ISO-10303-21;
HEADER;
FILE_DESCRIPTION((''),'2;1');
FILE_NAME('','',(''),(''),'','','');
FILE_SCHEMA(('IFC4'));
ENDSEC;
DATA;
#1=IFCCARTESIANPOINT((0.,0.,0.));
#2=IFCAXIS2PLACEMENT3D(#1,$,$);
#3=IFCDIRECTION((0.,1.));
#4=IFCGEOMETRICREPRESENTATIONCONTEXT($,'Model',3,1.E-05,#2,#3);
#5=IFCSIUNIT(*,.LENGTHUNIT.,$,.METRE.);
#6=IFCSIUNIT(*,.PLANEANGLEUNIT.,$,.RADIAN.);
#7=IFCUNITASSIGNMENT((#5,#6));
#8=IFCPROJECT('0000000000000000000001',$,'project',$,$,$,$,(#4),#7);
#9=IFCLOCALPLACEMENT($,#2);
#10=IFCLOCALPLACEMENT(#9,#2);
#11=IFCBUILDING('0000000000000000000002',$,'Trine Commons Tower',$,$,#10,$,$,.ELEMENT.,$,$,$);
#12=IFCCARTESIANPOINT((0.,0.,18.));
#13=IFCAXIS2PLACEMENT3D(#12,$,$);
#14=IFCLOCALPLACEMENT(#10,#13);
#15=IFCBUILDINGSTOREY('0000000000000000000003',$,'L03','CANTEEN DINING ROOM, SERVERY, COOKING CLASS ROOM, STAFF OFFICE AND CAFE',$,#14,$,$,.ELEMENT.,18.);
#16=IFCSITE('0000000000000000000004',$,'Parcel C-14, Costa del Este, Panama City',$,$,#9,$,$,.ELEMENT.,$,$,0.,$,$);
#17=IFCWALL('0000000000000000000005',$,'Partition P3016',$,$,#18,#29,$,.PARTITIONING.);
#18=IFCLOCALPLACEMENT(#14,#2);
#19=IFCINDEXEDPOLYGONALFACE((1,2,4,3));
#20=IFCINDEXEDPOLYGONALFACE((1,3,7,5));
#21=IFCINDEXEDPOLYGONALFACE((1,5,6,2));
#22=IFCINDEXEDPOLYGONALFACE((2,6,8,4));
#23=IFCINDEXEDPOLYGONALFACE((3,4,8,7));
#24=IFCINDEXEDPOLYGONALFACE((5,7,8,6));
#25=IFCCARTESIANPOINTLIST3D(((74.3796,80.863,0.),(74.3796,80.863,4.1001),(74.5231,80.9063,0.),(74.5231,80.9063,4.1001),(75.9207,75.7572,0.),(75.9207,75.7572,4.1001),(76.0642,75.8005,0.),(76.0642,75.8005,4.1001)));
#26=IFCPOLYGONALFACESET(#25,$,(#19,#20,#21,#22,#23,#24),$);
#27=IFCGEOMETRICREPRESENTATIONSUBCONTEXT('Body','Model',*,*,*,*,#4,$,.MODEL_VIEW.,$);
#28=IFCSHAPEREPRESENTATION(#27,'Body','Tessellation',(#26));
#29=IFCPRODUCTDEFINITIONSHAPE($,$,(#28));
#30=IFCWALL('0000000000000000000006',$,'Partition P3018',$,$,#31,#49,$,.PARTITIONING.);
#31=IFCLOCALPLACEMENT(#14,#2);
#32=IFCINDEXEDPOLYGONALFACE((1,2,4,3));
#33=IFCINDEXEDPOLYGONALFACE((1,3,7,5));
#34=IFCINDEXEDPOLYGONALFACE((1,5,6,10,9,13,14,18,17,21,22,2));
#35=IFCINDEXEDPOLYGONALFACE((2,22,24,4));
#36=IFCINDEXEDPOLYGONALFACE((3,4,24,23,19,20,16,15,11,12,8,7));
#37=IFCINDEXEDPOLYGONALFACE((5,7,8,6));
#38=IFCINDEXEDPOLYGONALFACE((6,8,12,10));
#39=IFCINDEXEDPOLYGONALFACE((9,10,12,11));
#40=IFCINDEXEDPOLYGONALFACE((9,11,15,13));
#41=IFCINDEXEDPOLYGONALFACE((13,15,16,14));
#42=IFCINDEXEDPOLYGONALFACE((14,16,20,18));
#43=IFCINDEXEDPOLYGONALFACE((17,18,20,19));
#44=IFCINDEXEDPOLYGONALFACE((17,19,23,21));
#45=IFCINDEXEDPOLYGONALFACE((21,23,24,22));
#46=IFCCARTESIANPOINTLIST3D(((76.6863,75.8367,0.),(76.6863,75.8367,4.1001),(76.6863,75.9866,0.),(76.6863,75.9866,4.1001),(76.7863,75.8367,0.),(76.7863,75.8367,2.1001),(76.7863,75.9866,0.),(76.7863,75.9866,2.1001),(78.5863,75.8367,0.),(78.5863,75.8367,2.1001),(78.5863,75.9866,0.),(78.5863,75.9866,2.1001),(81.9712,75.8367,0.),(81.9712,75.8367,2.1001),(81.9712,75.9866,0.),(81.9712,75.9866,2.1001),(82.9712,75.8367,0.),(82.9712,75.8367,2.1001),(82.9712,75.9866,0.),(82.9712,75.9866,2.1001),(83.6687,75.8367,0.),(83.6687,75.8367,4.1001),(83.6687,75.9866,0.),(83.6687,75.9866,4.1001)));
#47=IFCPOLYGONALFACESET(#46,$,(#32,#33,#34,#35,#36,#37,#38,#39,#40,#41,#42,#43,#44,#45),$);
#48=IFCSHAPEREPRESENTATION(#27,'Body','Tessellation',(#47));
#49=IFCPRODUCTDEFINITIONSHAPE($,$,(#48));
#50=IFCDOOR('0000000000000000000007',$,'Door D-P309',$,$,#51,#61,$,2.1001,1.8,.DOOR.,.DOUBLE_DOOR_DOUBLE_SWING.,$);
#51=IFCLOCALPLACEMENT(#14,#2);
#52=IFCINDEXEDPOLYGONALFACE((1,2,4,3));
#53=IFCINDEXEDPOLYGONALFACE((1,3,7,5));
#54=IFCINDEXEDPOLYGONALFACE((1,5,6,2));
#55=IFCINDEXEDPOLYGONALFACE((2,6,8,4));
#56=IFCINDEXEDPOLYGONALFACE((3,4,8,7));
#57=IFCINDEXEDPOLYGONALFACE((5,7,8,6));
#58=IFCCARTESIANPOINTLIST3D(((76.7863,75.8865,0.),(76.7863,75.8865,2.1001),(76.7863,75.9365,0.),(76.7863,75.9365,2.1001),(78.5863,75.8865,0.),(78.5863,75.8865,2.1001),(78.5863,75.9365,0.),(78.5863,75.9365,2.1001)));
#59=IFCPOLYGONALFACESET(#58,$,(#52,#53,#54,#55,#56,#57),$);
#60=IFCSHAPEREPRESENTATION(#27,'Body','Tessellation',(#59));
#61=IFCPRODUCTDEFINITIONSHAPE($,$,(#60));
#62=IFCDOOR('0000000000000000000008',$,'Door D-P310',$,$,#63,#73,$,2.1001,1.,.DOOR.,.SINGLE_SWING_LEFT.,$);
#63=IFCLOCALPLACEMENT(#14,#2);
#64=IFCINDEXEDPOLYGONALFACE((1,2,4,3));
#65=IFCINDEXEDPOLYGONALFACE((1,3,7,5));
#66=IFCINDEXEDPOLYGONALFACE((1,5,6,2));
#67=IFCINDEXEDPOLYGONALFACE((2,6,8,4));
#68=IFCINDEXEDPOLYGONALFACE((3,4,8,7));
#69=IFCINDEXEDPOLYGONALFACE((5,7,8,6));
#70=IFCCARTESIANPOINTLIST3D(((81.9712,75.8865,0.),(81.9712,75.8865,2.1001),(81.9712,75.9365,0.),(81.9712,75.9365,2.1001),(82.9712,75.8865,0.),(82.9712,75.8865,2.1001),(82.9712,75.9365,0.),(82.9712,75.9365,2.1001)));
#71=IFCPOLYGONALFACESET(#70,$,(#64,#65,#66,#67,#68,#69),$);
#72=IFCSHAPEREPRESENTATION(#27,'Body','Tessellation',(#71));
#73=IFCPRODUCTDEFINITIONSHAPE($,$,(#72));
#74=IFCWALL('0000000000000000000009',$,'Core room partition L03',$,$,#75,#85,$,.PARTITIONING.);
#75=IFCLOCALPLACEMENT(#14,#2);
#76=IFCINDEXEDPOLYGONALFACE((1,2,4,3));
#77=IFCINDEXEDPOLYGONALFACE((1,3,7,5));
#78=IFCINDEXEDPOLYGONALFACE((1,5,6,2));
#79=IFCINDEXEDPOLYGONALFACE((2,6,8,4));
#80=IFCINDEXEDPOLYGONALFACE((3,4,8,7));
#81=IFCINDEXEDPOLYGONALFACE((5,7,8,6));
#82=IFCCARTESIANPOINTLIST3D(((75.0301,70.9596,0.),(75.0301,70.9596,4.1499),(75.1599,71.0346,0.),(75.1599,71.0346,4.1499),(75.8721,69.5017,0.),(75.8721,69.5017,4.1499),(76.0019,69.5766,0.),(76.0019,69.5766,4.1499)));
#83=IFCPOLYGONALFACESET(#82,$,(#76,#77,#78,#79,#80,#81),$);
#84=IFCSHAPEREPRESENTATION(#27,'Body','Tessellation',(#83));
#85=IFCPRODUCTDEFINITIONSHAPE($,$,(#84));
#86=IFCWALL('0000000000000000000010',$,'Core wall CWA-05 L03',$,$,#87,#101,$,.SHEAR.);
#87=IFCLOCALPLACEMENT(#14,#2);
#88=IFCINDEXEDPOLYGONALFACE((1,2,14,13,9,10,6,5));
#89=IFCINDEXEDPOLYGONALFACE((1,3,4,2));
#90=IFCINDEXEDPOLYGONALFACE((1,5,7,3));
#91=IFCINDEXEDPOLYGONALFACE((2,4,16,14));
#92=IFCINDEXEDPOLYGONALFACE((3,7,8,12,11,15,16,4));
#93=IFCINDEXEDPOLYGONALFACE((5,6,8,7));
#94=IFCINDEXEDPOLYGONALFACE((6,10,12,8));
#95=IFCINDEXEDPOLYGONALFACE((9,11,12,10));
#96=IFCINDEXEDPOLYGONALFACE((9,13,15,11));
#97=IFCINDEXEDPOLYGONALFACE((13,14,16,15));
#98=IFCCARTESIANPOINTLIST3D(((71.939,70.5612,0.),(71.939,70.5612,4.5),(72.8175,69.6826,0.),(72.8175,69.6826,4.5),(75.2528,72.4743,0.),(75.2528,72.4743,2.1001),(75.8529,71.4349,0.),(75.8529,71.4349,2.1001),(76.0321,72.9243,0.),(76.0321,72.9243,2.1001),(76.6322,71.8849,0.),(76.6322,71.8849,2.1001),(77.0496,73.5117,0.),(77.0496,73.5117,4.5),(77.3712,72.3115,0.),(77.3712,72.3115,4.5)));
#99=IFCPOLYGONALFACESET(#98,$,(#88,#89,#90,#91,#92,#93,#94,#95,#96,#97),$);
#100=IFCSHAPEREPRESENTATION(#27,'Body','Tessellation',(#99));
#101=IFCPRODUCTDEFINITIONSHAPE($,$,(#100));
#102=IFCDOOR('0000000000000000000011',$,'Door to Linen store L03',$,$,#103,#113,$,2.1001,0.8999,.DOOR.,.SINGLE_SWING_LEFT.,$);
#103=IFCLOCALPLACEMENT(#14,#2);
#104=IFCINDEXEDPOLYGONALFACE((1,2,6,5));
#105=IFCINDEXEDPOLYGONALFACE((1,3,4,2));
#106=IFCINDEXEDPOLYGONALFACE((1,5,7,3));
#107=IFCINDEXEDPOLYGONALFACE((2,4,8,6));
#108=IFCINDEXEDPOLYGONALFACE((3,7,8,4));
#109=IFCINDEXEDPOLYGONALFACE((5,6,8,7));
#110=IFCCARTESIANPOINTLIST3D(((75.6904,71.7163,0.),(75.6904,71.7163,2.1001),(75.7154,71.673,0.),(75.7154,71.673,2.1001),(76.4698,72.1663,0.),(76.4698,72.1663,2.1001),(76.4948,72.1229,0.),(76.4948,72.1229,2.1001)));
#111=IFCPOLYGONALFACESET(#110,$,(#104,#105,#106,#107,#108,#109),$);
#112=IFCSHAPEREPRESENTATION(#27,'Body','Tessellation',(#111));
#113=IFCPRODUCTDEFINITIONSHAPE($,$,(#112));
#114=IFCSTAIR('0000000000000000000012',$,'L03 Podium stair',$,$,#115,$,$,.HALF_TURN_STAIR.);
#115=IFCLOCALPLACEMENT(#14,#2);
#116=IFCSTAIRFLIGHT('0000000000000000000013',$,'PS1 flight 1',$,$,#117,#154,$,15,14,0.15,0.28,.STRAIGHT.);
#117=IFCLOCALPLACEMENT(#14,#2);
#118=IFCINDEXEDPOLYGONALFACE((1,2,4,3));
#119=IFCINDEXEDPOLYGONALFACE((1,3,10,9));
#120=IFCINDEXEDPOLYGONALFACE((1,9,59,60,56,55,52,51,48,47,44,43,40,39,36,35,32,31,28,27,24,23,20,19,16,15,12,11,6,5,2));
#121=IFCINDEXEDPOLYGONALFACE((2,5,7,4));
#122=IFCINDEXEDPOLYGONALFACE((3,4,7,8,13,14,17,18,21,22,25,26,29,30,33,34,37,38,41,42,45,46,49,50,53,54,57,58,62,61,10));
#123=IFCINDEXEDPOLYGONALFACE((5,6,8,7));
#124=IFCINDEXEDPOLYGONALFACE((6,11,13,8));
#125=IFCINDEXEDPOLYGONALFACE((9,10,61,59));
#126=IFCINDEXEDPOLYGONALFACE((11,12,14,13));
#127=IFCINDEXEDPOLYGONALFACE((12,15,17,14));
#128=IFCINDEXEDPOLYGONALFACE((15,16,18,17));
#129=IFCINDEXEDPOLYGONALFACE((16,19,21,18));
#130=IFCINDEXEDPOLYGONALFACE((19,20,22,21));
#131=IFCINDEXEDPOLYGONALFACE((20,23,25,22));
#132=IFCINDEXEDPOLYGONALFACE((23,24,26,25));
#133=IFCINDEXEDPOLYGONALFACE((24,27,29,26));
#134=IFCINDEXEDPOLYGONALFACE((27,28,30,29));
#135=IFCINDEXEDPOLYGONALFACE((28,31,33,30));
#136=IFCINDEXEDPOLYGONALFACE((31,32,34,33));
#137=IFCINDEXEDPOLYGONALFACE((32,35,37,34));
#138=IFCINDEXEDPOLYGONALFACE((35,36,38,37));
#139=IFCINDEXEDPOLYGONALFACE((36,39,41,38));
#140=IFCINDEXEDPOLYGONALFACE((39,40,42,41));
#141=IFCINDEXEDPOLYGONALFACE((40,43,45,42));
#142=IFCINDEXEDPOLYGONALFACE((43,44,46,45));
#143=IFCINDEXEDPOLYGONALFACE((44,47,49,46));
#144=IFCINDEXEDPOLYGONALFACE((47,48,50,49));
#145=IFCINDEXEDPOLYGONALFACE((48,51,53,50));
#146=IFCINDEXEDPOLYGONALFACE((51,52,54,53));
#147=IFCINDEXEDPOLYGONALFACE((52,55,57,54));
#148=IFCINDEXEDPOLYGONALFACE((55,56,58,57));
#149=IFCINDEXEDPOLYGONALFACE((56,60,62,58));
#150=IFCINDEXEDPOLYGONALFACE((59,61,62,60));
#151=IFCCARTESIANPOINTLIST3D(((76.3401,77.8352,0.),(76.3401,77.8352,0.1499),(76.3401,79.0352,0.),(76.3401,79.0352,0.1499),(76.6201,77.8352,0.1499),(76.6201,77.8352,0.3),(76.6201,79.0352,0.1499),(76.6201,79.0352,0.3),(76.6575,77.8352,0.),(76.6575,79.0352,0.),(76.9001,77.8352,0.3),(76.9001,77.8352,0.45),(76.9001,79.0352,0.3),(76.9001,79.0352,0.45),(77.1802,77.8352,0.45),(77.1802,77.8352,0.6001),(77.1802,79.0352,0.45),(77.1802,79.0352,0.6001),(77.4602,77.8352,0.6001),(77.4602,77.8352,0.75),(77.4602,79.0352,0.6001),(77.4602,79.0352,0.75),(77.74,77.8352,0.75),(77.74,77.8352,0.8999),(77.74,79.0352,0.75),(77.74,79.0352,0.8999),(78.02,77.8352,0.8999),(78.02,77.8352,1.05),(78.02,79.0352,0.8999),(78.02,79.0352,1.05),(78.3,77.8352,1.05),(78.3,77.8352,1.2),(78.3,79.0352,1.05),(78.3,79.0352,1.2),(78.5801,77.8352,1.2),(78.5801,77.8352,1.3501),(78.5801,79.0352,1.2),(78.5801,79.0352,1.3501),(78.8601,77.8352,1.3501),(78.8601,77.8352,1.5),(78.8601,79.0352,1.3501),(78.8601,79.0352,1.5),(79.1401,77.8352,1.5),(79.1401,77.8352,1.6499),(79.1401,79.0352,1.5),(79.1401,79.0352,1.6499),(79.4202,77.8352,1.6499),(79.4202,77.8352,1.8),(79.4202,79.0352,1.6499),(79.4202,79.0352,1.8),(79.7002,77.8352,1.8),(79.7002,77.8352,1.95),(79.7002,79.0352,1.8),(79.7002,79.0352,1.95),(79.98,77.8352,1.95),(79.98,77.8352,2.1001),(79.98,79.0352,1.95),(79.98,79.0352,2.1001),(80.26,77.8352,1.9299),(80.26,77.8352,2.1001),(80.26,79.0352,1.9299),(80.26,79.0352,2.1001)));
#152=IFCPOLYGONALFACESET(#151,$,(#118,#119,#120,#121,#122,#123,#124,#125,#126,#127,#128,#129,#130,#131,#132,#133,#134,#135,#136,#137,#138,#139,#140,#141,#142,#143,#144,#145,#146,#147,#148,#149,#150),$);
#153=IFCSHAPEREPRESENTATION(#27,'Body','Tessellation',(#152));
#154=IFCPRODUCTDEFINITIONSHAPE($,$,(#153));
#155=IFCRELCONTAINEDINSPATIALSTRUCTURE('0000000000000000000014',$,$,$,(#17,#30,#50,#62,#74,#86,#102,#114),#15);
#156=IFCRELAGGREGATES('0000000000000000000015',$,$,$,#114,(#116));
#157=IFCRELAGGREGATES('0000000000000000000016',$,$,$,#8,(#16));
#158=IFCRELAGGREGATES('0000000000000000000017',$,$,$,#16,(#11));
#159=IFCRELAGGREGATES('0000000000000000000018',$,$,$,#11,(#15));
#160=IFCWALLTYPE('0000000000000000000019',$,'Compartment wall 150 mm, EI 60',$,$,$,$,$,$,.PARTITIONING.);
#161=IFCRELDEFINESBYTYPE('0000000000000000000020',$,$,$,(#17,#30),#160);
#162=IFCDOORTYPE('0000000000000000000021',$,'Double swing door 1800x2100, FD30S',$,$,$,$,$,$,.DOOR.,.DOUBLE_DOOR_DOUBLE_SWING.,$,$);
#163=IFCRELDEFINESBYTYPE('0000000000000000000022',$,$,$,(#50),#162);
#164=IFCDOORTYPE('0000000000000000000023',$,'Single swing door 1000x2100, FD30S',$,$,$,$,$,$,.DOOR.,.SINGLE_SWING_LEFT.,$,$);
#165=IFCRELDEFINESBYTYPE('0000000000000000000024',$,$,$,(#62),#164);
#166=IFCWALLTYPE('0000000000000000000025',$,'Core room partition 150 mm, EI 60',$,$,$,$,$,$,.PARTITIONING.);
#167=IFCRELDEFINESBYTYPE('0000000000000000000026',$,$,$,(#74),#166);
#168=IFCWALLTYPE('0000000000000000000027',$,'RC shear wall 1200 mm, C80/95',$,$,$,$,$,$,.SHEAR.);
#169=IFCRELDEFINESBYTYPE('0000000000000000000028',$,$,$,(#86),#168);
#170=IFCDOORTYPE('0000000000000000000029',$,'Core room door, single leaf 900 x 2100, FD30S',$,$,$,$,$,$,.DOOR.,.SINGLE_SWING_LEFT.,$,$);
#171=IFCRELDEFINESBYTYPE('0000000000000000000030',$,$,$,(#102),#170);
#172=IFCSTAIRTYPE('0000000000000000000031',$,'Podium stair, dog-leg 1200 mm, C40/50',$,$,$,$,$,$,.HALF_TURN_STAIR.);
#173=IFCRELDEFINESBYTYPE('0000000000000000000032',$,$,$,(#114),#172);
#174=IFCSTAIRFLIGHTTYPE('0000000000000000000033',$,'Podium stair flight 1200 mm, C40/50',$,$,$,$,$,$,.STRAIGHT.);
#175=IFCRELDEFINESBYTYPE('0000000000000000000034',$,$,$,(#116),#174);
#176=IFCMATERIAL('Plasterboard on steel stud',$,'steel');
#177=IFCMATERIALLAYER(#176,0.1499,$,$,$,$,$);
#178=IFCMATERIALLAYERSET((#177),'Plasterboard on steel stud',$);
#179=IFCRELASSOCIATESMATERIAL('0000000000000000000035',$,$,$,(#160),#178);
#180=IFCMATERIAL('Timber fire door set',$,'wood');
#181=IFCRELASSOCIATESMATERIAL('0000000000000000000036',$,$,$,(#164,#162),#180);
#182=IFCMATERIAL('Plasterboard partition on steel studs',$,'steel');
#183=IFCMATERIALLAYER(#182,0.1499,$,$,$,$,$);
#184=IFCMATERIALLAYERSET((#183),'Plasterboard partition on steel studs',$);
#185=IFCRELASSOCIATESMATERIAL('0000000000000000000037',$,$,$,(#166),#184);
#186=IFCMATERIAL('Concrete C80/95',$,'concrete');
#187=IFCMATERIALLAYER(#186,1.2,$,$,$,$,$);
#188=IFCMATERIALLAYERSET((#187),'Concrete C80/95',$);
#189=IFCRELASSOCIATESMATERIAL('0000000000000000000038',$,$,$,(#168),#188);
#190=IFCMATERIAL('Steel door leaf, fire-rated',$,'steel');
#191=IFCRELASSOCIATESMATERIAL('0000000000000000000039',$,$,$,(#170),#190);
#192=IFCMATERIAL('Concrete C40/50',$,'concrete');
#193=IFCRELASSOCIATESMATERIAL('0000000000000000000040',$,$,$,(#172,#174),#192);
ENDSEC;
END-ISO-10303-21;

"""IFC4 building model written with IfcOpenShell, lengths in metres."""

from ifc_helpers import new_model, si_unit, direction, frame, frame_2d, origin, place, context, subcontext, project, spatial, polyline, rectangle, outline, extrude, material, layer, layer_set, type_object, element, fill, aggregate, save


model = new_model("IFC4")

# Units and contexts
model_context = context("Model", 3, precision=1e-05, world=origin(), true_north=direction((0.0, 1.0)))
body_context = subcontext(model_context, "Body", "Model", "MODEL_VIEW")
ifc_project = project(units=[si_unit("LENGTHUNIT", "METRE"), si_unit("PLANEANGLEUNIT", "RADIAN")], contexts=[model_context])

# Site, building, storey
site_placement = place(None, origin())
site = spatial("IfcSite", under=ifc_project, at=site_placement, Name="Parcel C-14, Costa del Este, Panama City", CompositionType="ELEMENT", RefElevation=0.0)
building_placement = place(site_placement, origin())
building = spatial("IfcBuilding", under=site, at=building_placement, Name="Trine Commons Tower", CompositionType="ELEMENT")
storey_placement = place(building_placement, frame((0.0, 0.0, 18.0)))
storey = spatial("IfcBuildingStorey", under=building, at=storey_placement, Name="L03", Description="CANTEEN DINING ROOM, SERVERY, COOKING CLASS ROOM, STAFF OFFICE AND CAFE", CompositionType="ELEMENT", Elevation=18.0)

# Shared definitions
ifc_material_1 = material(Name="Concrete C80/95", Category="concrete")

# Shared definitions
ifc_material_2 = material(Name="Plasterboard on steel stud", Category="steel")
ifc_layer_1 = layer(ifc_material_2, 0.1499)
ifc_layer_set_1 = layer_set([ifc_layer_1], Name="Plasterboard on steel stud")
wall_type_1 = type_object("IfcWallType", Name="Compartment wall 150 mm, EI 60", PredefinedType="PARTITIONING", material=ifc_layer_set_1)
ifc_material_3 = material(Name="Timber fire door set", Category="wood")
door_type_1 = type_object("IfcDoorType", Name="Single swing door 1000x2100, FD30S", OperationType="SINGLE_SWING_LEFT", PredefinedType="DOOR", material=ifc_material_3)

# Wall
wall_1_placement = place(storey_placement, frame((74.4514, 80.8845, 0.0), z_axis=(0.0, 0.0, 1.0), x_axis=(0.288948, -0.957345, 0.0)))
element("IfcWall", 1, at=wall_1_placement, inside=storey, type_object=wall_type_1, Name="Partition P3016", PredefinedType="PARTITIONING", context=body_context, shape_type="SweptSolid", body=[
    extrude(rectangle(XDim=5.3333, YDim=0.1499, at=frame_2d((2.6665, 0.0))), origin(), (0.0, 0.0, 1.0), 4.1001),
])

# Wall, openings, doors
wall_2_placement = place(storey_placement, frame((76.6863, 75.9116, 0.0), z_axis=(0.0, 0.0, 1.0), x_axis=(1.0, 0.0, 0.0)))
wall_2 = element("IfcWall", 2, at=wall_2_placement, inside=storey, type_object=wall_type_1, Name="Partition P3018", PredefinedType="PARTITIONING", context=body_context, shape_type="SweptSolid", body=[
    extrude(rectangle(XDim=6.9824, YDim=0.1499, at=frame_2d((3.4912, 0.0))), origin(), (0.0, 0.0, 1.0), 4.1001),
])
opening_1_placement = place(wall_2_placement, frame((0.1001, 0.0, 0.0)))
opening_1 = element("IfcOpeningElement", 3, at=opening_1_placement, cuts=wall_2, PredefinedType="OPENING", context=body_context, shape_type="SweptSolid", body=[
    extrude(rectangle(XDim=1.8, YDim=2.1001, at=frame_2d((0.8999, 1.05))), frame((0.0, 0.085, 0.0), z_axis=(0.0, -1.0, 0.0), x_axis=(1.0, 0.0, 0.0)), (0.0, 0.0, 1.0), 0.1699),
])
opening_2_placement = place(wall_2_placement, frame((5.2849, 0.0, 0.0)))
opening_2 = element("IfcOpeningElement", 4, at=opening_2_placement, cuts=wall_2, PredefinedType="OPENING", context=body_context, shape_type="SweptSolid", body=[
    extrude(rectangle(XDim=1.0, YDim=2.1001, at=frame_2d((0.5, 1.05))), frame((0.0, 0.085, 0.0), z_axis=(0.0, -1.0, 0.0), x_axis=(1.0, 0.0, 0.0)), (0.0, 0.0, 1.0), 0.1699),
])
door_type_2 = type_object("IfcDoorType", Name="Double swing door 1800x2100, FD30S", OperationType="DOUBLE_DOOR_DOUBLE_SWING", PredefinedType="DOOR", material=ifc_material_3)
door_1_placement = place(opening_1_placement, origin())
door_1 = element("IfcDoor", 5, at=door_1_placement, inside=storey, type_object=door_type_2, Name="Door D-P309", OperationType="DOUBLE_DOOR_DOUBLE_SWING", OverallHeight=2.1001, OverallWidth=1.8, PredefinedType="DOOR", context=body_context, shape_type="SweptSolid", body=[
    extrude(rectangle(XDim=1.8, YDim=2.1001, at=frame_2d((0.8999, 1.05))), frame((0.0, 0.0249, 0.0), z_axis=(0.0, -1.0, 0.0), x_axis=(1.0, 0.0, 0.0)), (0.0, 0.0, 1.0), 0.05),
])
fill(opening_1, door_1)
door_2_placement = place(opening_2_placement, origin())
door_2 = element("IfcDoor", 6, at=door_2_placement, inside=storey, type_object=door_type_1, Name="Door D-P310", OperationType="SINGLE_SWING_LEFT", OverallHeight=2.1001, OverallWidth=1.0, PredefinedType="DOOR", context=body_context, shape_type="SweptSolid", body=[
    extrude(rectangle(XDim=1.0, YDim=2.1001, at=frame_2d((0.5, 1.05))), frame((0.0, 0.0249, 0.0), z_axis=(0.0, -1.0, 0.0), x_axis=(1.0, 0.0, 0.0)), (0.0, 0.0, 1.0), 0.05),
])
fill(opening_2, door_2)

# Wall
ifc_material_4 = material(Name="Plasterboard partition on steel studs", Category="steel")
ifc_layer_2 = layer(ifc_material_4, 0.1499)
ifc_layer_set_2 = layer_set([ifc_layer_2], Name="Plasterboard partition on steel studs")
wall_type_2 = type_object("IfcWallType", Name="Core room partition 150 mm, EI 60", PredefinedType="PARTITIONING", material=ifc_layer_set_2)
wall_3_placement = place(storey_placement, frame((75.095, 70.9971, 0.0), z_axis=(0.0, 0.0, 1.0), x_axis=(0.500116, -0.865959, 0.0)))
element("IfcWall", 7, at=wall_3_placement, inside=storey, type_object=wall_type_2, Name="Core room partition L03", PredefinedType="PARTITIONING", context=body_context, shape_type="SweptSolid", body=[
    extrude(rectangle(XDim=1.6836, YDim=0.1499, at=frame_2d((0.8418, 0.0))), origin(), (0.0, 0.0, 1.0), 4.1499),
])

# Wall, opening, door
ifc_layer_3 = layer(ifc_material_1, 1.2)
ifc_layer_set_3 = layer_set([ifc_layer_3], Name="Concrete C80/95")
wall_type_3 = type_object("IfcWallType", Name="RC shear wall 1200 mm, C80/95", PredefinedType="SHEAR", material=ifc_layer_set_3)
wall_4_placement = place(storey_placement, frame((77.3496, 72.9919, 0.0), z_axis=(0.0, 0.0, 1.0), x_axis=(-0.866037, -0.499979, 0.0)))
wall_4 = element("IfcWall", 8, at=wall_4_placement, inside=storey, type_object=wall_type_3, Name="Core wall CWA-05 L03", PredefinedType="SHEAR", context=body_context, shape_type="SweptSolid", body=[
    extrude(outline(polyline([(0.0, -0.6001), (5.9011, -0.6001), (5.5796, 0.6001), (0.3215, 0.6001), (0.0, -0.6001)])), origin(), (0.0, 0.0, 1.0), 4.5),
])
opening_3_placement = place(wall_4_placement, frame((1.1748, 0.0, 0.0)))
opening_3 = element("IfcOpeningElement", 9, at=opening_3_placement, cuts=wall_4, PredefinedType="OPENING", context=body_context, shape_type="SweptSolid", body=[
    extrude(rectangle(XDim=0.8999, YDim=2.1001, at=frame_2d((0.45, 1.05))), frame((0.0, 0.6099, 0.0), z_axis=(0.0, -1.0, 0.0), x_axis=(1.0, 0.0, 0.0)), (0.0, 0.0, 1.0), 1.22),
])
ifc_material_5 = material(Name="Steel door leaf, fire-rated", Category="steel")
door_type_3 = type_object("IfcDoorType", Name="Core room door, single leaf 900 x 2100, FD30S", OperationType="SINGLE_SWING_LEFT", PredefinedType="DOOR", material=ifc_material_5)
door_3_placement = place(opening_3_placement, origin())
door_3 = element("IfcDoor", 10, at=door_3_placement, inside=storey, type_object=door_type_3, Name="Door to Linen store L03", OperationType="SINGLE_SWING_LEFT", OverallHeight=2.1001, OverallWidth=0.8999, PredefinedType="DOOR", context=body_context, shape_type="SweptSolid", body=[
    extrude(rectangle(XDim=0.8999, YDim=2.1001, at=frame_2d((0.45, 1.05))), frame((0.0, 0.3252, 0.0), z_axis=(0.0, -1.0, 0.0), x_axis=(1.0, 0.0, 0.0)), (0.0, 0.0, 1.0), 0.05),
])
fill(opening_3, door_3)

# Stair, stair flight
ifc_material_6 = material(Name="Concrete C40/50", Category="concrete")
stair_type = type_object("IfcStairType", Name="Podium stair, dog-leg 1200 mm, C40/50", PredefinedType="HALF_TURN_STAIR", material=ifc_material_6)
stair_placement = place(storey_placement, origin())
stair = element("IfcStair", 11, at=stair_placement, inside=storey, type_object=stair_type, Name="L03 Podium stair", PredefinedType="HALF_TURN_STAIR")
stair_flight_type = type_object("IfcStairFlightType", Name="Podium stair flight 1200 mm, C40/50", PredefinedType="STRAIGHT", material=ifc_material_6)
stair_flight_placement = place(storey_placement, frame((76.3401, 78.4351, 0.0), z_axis=(0.0, 0.0, 1.0), x_axis=(1.0, 0.0, 0.0)))
stair_flight = element("IfcStairFlight", 12, at=stair_flight_placement, type_object=stair_flight_type, Name="PS1 flight 1", NumberOfRisers=15, NumberOfTreads=14, PredefinedType="STRAIGHT", RiserHeight=0.15, TreadLength=0.28, context=body_context, shape_type="SweptSolid", body=[
    extrude(outline(polyline([(0.0, 0.0), (0.0, 0.1499), (0.28, 0.1499), (0.28, 0.3), (0.5601, 0.3), (0.5601, 0.45), (0.8401, 0.45), (0.8401, 0.6001), (1.1201, 0.6001), (1.1201, 0.75), (1.3999, 0.75), (1.3999, 0.8999), (1.6799, 0.8999), (1.6799, 1.05), (1.96, 1.05), (1.96, 1.2), (2.24, 1.2), (2.24, 1.3501), (2.52, 1.3501), (2.52, 1.5), (2.8, 1.5), (2.8, 1.6499), (3.0801, 1.6499), (3.0801, 1.8), (3.3601, 1.8), (3.3601, 1.95), (3.6399, 1.95), (3.6399, 2.1001), (3.9199, 2.1001), (3.9199, 2.25), (3.9199, 1.9299), (0.3174, 0.0), (0.0, 0.0)])), frame((0.0, 0.6001, 0.0), z_axis=(0.0, -1.0, 0.0), x_axis=(1.0, 0.0, 0.0)), (0.0, 0.0, 1.0), 1.2),
])
aggregate(stair, [stair_flight])

save(model, "model.ifc")
